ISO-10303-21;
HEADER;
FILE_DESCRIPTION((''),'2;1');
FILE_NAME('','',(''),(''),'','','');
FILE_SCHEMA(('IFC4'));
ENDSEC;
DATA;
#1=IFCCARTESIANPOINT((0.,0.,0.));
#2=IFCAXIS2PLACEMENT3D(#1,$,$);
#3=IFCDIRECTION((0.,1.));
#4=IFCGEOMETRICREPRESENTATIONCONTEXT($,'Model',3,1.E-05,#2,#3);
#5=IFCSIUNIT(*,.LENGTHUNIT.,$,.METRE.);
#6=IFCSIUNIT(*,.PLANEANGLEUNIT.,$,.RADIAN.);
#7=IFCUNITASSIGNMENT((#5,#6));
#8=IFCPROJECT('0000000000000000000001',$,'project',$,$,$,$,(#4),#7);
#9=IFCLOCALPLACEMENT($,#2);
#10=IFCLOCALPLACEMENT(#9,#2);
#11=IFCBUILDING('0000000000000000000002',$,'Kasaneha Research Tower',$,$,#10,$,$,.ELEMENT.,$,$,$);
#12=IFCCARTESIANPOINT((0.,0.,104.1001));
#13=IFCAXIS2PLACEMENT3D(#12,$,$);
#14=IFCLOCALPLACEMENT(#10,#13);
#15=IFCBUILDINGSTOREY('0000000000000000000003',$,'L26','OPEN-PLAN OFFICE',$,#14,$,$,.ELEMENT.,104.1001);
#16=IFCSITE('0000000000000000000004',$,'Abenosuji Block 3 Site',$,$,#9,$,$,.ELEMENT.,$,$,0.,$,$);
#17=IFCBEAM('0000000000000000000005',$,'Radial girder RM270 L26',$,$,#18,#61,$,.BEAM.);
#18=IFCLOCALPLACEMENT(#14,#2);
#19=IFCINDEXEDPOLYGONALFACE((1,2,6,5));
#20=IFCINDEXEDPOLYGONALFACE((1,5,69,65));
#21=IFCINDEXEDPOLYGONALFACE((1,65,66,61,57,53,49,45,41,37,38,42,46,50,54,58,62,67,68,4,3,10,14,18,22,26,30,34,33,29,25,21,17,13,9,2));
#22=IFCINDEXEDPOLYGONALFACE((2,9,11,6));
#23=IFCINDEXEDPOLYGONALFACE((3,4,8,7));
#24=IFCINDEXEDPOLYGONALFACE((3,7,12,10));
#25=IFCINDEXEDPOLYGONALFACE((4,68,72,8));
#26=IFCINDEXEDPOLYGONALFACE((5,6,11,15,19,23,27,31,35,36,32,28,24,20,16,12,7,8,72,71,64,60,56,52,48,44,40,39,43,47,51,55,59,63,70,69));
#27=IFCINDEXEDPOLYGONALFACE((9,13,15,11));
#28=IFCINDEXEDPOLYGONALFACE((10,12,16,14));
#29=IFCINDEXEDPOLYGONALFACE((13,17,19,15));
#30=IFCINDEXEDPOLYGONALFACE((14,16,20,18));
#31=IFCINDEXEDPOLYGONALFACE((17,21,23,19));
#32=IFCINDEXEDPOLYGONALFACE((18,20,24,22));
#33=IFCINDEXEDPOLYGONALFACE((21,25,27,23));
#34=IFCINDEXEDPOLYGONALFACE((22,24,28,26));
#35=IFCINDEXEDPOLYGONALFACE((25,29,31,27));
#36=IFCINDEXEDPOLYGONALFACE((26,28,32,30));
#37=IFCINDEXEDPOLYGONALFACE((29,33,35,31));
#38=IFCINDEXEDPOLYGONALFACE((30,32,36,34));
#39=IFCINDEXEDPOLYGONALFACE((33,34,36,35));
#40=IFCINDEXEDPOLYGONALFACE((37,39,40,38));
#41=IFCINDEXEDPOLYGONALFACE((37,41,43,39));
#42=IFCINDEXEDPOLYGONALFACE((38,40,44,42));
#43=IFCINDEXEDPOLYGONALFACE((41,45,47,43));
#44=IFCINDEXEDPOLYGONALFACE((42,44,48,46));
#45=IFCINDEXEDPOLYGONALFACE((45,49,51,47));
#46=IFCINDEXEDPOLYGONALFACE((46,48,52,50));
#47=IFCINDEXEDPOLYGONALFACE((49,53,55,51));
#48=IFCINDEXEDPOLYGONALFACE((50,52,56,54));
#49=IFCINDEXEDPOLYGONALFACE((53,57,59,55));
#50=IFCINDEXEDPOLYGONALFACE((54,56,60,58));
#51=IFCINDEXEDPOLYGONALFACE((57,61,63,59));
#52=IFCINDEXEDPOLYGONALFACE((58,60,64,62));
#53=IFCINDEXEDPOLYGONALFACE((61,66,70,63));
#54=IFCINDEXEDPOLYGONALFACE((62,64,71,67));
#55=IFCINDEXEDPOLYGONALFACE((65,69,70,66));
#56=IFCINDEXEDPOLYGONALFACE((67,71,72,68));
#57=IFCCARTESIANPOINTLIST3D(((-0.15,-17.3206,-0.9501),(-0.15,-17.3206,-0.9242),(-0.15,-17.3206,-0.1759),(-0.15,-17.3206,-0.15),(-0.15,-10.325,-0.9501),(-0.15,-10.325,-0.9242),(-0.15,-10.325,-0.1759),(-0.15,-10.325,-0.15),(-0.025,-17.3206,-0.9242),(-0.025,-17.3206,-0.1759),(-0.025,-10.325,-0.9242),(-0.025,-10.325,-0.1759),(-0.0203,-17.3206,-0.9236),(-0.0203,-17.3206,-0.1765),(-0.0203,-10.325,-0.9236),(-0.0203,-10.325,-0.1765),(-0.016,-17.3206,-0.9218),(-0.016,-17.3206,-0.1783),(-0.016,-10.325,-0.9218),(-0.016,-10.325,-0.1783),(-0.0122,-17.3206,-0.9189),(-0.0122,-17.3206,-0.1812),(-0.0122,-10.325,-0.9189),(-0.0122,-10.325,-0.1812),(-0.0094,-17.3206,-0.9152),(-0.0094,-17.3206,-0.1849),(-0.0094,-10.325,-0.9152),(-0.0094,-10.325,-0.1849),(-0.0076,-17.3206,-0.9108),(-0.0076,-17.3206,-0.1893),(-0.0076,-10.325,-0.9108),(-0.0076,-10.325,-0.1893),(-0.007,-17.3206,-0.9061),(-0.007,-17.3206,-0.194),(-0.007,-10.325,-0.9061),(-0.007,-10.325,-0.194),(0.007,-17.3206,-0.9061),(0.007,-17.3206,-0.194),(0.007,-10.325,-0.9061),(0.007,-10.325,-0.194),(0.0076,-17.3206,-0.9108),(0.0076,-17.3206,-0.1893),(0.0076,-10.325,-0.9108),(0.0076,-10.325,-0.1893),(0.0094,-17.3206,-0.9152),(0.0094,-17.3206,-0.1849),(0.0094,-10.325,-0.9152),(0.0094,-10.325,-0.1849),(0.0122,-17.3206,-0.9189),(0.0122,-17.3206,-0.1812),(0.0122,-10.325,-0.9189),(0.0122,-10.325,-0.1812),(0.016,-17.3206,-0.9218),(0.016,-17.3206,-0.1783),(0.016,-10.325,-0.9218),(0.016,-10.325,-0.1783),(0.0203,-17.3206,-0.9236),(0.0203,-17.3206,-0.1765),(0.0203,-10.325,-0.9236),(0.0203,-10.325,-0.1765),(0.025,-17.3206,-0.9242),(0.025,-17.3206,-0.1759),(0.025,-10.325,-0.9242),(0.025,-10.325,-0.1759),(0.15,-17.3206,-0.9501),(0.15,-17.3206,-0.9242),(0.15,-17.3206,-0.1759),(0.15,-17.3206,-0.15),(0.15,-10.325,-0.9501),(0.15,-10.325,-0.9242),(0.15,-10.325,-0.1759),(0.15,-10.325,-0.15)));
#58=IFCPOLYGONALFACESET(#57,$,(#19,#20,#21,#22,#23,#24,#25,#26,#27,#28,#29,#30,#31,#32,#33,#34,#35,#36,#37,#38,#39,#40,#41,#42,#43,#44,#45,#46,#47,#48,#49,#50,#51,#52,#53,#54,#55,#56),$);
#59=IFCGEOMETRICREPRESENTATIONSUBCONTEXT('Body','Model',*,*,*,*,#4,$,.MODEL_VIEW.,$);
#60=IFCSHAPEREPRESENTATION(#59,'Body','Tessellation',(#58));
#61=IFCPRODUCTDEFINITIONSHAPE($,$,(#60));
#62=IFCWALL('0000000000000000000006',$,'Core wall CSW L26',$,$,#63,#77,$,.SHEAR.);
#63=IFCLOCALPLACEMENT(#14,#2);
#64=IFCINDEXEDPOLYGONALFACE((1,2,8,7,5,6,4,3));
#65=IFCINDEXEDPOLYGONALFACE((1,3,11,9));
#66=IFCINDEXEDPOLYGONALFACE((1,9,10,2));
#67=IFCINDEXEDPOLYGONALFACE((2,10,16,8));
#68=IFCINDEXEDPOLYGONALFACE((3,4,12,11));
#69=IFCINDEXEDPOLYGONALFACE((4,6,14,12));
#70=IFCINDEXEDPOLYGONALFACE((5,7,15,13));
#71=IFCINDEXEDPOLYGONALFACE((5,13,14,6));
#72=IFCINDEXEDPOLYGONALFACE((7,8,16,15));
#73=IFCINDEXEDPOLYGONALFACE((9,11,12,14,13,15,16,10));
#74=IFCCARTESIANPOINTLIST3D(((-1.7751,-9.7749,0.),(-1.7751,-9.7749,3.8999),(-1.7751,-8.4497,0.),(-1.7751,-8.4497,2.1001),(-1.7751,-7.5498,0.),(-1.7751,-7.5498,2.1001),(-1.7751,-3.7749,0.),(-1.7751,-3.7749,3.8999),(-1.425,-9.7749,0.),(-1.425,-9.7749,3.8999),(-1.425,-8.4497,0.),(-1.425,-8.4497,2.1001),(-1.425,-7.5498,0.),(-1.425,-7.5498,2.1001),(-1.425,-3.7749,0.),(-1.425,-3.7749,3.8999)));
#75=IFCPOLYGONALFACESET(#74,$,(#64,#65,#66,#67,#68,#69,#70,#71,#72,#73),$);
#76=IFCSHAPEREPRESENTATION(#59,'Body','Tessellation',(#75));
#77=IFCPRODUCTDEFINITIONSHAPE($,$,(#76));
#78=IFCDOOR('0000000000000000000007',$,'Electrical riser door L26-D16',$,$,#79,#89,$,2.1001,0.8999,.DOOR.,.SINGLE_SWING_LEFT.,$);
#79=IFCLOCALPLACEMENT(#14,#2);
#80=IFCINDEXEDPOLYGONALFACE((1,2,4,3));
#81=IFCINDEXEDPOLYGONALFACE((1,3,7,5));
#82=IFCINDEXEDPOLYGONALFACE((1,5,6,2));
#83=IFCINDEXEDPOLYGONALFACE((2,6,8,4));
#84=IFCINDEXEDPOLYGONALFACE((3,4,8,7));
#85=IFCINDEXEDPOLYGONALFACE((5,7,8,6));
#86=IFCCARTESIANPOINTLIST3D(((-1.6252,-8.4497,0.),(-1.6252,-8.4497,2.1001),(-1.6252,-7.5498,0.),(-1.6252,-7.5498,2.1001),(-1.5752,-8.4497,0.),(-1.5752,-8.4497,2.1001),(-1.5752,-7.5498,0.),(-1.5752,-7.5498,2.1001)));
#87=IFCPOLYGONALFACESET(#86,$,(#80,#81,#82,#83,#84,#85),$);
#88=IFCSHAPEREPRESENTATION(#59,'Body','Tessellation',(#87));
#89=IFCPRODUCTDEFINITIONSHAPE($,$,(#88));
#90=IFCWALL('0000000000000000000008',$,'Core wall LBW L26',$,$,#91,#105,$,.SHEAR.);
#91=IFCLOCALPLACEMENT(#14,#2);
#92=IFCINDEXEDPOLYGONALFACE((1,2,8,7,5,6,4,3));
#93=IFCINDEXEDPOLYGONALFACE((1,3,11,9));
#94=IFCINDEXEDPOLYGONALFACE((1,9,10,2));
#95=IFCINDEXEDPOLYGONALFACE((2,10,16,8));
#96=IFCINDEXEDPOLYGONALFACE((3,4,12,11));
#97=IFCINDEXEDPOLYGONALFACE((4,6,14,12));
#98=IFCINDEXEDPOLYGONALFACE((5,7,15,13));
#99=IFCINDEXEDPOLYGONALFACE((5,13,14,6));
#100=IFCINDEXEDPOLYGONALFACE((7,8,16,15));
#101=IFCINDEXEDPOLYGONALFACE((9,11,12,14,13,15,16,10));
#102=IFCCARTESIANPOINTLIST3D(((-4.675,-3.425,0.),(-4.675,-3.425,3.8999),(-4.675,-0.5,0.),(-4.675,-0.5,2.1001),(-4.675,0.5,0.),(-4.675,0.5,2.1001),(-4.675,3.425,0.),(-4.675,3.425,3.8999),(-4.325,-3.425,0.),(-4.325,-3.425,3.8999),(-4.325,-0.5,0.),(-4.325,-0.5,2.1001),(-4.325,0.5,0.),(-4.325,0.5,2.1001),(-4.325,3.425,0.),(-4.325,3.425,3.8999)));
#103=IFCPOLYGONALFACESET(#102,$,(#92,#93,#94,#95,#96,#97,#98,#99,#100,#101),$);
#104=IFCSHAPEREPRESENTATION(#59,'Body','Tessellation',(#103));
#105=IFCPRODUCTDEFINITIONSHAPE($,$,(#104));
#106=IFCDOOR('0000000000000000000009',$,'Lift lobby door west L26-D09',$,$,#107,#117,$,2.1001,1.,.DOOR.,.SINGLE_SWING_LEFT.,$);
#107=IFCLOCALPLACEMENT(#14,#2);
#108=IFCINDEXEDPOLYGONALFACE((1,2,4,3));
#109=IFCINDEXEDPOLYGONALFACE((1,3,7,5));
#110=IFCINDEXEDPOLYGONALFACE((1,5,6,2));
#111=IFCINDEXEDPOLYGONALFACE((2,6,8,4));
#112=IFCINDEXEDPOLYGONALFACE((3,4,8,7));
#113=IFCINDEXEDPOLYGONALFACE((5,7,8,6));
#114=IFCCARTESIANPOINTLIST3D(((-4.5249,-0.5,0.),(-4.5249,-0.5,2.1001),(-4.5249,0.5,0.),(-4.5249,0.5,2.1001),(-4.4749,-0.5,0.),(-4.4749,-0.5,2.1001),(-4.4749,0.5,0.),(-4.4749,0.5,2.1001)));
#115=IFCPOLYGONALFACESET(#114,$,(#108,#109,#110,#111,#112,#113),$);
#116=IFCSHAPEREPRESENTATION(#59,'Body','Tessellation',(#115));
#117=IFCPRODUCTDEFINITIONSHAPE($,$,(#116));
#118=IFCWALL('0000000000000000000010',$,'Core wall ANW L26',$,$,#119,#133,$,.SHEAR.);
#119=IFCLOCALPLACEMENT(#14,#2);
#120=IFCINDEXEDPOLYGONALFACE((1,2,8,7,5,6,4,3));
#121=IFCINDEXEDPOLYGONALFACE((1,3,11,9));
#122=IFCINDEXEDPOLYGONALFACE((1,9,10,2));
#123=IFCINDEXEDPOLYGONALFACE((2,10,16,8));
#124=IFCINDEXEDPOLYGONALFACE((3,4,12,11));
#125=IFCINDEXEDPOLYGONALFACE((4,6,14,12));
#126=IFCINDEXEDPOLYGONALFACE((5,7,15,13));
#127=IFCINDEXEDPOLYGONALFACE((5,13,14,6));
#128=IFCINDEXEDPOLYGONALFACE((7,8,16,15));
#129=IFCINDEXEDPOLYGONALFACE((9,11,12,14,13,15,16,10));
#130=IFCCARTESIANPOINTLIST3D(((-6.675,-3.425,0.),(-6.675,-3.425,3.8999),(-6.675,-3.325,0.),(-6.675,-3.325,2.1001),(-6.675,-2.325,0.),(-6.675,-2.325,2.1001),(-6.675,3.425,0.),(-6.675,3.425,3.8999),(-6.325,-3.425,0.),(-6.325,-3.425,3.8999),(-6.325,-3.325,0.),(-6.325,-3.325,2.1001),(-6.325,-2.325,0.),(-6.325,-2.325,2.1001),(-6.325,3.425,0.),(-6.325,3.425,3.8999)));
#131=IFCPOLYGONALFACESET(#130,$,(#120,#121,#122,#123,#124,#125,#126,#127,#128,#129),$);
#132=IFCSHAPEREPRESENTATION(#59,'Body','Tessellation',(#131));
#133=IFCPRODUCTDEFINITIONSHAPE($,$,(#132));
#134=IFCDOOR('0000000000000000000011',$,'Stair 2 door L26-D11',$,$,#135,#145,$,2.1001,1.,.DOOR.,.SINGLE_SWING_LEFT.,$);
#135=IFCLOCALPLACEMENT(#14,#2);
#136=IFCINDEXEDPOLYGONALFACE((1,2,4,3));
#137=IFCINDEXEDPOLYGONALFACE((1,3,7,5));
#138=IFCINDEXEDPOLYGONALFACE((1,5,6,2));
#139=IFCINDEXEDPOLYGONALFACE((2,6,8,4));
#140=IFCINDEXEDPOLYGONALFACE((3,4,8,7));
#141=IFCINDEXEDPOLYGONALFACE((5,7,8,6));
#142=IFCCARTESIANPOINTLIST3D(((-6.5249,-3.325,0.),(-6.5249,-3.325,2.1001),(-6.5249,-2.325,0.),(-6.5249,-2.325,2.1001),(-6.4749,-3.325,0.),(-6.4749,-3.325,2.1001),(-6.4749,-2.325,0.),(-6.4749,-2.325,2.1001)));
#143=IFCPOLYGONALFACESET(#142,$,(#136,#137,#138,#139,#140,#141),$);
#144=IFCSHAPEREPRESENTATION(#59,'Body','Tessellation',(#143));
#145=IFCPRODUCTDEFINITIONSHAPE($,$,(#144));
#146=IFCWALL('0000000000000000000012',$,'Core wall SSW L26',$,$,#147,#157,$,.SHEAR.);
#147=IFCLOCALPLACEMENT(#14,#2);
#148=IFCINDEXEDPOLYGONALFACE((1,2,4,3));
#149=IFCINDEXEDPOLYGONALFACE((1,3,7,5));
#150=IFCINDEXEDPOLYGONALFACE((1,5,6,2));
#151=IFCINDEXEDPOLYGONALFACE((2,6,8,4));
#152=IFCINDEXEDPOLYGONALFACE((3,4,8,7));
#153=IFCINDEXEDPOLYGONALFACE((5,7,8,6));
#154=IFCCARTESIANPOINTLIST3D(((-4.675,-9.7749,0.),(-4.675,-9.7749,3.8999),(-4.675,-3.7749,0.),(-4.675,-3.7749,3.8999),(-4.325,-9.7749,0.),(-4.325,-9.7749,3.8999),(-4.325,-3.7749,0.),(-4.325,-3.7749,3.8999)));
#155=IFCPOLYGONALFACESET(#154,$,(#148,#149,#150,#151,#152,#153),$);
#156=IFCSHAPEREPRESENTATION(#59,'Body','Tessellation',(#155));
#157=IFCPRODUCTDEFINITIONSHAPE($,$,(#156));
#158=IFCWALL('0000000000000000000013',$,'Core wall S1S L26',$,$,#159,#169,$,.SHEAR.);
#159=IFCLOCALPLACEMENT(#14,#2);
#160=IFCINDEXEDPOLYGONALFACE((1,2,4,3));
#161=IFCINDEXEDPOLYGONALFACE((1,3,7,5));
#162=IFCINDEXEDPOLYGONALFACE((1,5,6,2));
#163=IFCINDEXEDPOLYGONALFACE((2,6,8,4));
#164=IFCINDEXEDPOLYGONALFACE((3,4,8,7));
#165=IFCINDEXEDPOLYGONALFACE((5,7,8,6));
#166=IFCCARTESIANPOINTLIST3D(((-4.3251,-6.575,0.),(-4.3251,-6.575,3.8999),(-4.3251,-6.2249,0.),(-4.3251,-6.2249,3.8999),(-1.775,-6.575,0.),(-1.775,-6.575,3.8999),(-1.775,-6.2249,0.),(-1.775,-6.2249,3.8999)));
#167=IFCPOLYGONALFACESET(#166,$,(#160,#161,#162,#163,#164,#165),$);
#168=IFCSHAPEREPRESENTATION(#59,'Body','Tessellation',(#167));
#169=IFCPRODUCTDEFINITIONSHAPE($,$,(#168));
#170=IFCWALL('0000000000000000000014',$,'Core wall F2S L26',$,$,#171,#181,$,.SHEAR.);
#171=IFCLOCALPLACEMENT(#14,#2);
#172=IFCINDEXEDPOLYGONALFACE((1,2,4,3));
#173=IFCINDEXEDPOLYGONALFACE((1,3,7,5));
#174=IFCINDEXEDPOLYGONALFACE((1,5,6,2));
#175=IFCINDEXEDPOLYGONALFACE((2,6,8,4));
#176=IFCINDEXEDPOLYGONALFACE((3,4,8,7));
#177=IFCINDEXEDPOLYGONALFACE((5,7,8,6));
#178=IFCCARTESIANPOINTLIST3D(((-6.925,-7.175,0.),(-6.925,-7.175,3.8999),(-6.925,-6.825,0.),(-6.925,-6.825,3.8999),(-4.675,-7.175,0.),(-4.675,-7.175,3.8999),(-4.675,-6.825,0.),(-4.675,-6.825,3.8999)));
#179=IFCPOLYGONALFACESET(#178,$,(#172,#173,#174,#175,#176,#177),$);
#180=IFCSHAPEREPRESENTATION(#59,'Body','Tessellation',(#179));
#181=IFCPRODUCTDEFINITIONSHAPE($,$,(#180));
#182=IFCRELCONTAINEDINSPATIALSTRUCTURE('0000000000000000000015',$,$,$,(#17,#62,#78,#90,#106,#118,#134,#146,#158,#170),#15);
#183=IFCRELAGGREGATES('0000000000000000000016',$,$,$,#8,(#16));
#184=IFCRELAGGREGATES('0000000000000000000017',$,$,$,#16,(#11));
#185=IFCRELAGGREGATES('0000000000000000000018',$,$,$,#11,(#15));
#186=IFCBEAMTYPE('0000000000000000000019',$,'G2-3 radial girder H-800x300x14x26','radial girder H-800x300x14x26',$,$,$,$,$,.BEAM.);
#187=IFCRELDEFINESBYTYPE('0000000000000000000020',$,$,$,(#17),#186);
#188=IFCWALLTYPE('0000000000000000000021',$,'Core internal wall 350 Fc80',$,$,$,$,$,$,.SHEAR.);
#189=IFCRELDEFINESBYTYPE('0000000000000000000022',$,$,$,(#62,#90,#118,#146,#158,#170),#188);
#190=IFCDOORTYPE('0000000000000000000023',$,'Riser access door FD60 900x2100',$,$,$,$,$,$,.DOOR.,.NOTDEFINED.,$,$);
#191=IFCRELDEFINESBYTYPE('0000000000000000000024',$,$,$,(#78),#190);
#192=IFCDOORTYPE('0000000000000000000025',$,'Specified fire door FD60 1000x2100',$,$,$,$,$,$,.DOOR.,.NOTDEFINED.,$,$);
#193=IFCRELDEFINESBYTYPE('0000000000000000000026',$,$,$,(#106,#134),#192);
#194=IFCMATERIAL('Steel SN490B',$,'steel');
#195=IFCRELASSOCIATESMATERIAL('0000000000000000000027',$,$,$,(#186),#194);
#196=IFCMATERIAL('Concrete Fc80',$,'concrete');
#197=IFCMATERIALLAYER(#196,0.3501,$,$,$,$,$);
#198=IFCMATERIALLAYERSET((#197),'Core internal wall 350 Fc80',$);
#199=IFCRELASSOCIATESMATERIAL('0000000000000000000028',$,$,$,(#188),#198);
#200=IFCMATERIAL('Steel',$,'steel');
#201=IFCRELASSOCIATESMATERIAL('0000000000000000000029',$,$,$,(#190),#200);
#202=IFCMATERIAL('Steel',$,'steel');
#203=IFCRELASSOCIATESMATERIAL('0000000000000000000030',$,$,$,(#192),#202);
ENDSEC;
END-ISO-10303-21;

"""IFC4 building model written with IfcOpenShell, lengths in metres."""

from ifc_helpers import new_model, si_unit, direction, frame, frame_2d, origin, origin_2d, place, context, subcontext, project, spatial, rectangle, i_section, extrude, material, layer, layer_set, material_profile, profile_set, type_object, element, fill, save


model = new_model("IFC4")

# Units and contexts
model_context = context("Model", 3, precision=1e-05, world=origin(), true_north=direction((0.0, 1.0)))
body_context = subcontext(model_context, "Body", "Model", "MODEL_VIEW")
ifc_project = project(units=[si_unit("LENGTHUNIT", "METRE"), si_unit("PLANEANGLEUNIT", "RADIAN")], contexts=[model_context])

# Site, building, storey
site_placement = place(None, origin())
site = spatial("IfcSite", under=ifc_project, at=site_placement, Name="Abenosuji Block 3 Site", CompositionType="ELEMENT", RefElevation=0.0)
building_placement = place(site_placement, origin())
building = spatial("IfcBuilding", under=site, at=building_placement, Name="Kasaneha Research Tower", CompositionType="ELEMENT")
storey_placement = place(building_placement, frame((0.0, 0.0, 104.1001)))
storey = spatial("IfcBuildingStorey", under=building, at=storey_placement, Name="L26", Description="OPEN-PLAN OFFICE", CompositionType="ELEMENT", Elevation=104.1001)

# Beam
ifc_material_1 = material(Name="Steel SN490B", Category="steel")
ifc_material_profile_1 = material_profile(ifc_material_1, i_section(OverallWidth=0.3, OverallDepth=0.8, WebThickness=0.0139, FlangeThickness=0.0259, FilletRadius=0.0181, at=origin_2d()), Name="H-800x300x14x26")
ifc_profile_set_1 = profile_set([ifc_material_profile_1], Name="Steel SN490B")
beam_type_1 = type_object("IfcBeamType", Name="G2-3 radial girder H-800x300x14x26", Description="radial girder H-800x300x14x26", PredefinedType="BEAM", material=ifc_profile_set_1)
beam_1_placement = place(storey_placement, frame((0.0, -10.325, -0.55), z_axis=(0.0, -1.0, 0.0), x_axis=(1.0, 0.0, 0.0)))
element("IfcBeam", 1, at=beam_1_placement, inside=storey, type_object=beam_type_1, Name="Radial girder RM270 L26", PredefinedType="BEAM", context=body_context, shape_type="SweptSolid", body=[
    extrude(i_section(OverallWidth=0.3, OverallDepth=0.8, WebThickness=0.0139, FlangeThickness=0.0259, FilletRadius=0.0181, at=origin_2d()), origin(), (0.0, 0.0, 1.0), 6.9956),
])

# Walls, openings, doors
ifc_material_2 = material(Name="Concrete Fc80", Category="concrete")
ifc_layer_1 = layer(ifc_material_2, 0.3501)
ifc_layer_set_1 = layer_set([ifc_layer_1], Name="Core internal wall 350 Fc80")
wall_type_1 = type_object("IfcWallType", Name="Core internal wall 350 Fc80", PredefinedType="SHEAR", material=ifc_layer_set_1)
wall_1_placement = place(storey_placement, frame((-1.6001, -3.7749, 0.0), z_axis=(0.0, 0.0, 1.0), x_axis=(0.0, -1.0, 0.0)))
wall_1 = element("IfcWall", 2, at=wall_1_placement, inside=storey, type_object=wall_type_1, Name="Core wall CSW L26", PredefinedType="SHEAR", context=body_context, shape_type="SweptSolid", body=[
    extrude(rectangle(XDim=6.0, YDim=0.3501, at=frame_2d((3.0, 0.0))), origin(), (0.0, 0.0, 1.0), 3.8999),
])
opening_1_placement = place(wall_1_placement, frame((3.7749, 0.0, 0.0)))
opening_1 = element("IfcOpeningElement", 3, at=opening_1_placement, cuts=wall_1, PredefinedType="OPENING", context=body_context, shape_type="SweptSolid", body=[
    extrude(rectangle(XDim=0.8999, YDim=2.1001, at=frame_2d((0.45, 1.05))), frame((0.0, 0.1851, 0.0), z_axis=(0.0, -1.0, 0.0), x_axis=(1.0, 0.0, 0.0)), (0.0, 0.0, 1.0), 0.3701),
])
ifc_material_3 = material(Name="Steel", Category="steel")
door_type_1 = type_object("IfcDoorType", Name="Riser access door FD60 900x2100", OperationType="NOTDEFINED", PredefinedType="DOOR", material=ifc_material_3)
door_1_placement = place(opening_1_placement, origin())
door_1 = element("IfcDoor", 4, at=door_1_placement, inside=storey, type_object=door_type_1, Name="Electrical riser door L26-D16", OperationType="SINGLE_SWING_LEFT", OverallHeight=2.1001, OverallWidth=0.8999, PredefinedType="DOOR", context=body_context, shape_type="SweptSolid", body=[
    extrude(rectangle(XDim=0.8999, YDim=2.1001, at=frame_2d((0.45, 1.05))), frame((0.0, 0.0249, 0.0), z_axis=(0.0, -1.0, 0.0), x_axis=(1.0, 0.0, 0.0)), (0.0, 0.0, 1.0), 0.05),
])
fill(opening_1, door_1)
wall_2_placement = place(storey_placement, frame((-4.5, -3.425, 0.0), z_axis=(0.0, 0.0, 1.0), x_axis=(0.0, 1.0, 0.0)))
wall_2 = element("IfcWall", 5, at=wall_2_placement, inside=storey, type_object=wall_type_1, Name="Core wall LBW L26", PredefinedType="SHEAR", context=body_context, shape_type="SweptSolid", body=[
    extrude(rectangle(XDim=6.8501, YDim=0.3501, at=frame_2d((3.425, 0.0))), origin(), (0.0, 0.0, 1.0), 3.8999),
])
opening_2_placement = place(wall_2_placement, frame((2.925, 0.0, 0.0)))
opening_2 = element("IfcOpeningElement", 6, at=opening_2_placement, cuts=wall_2, PredefinedType="OPENING", context=body_context, shape_type="SweptSolid", body=[
    extrude(rectangle(XDim=1.0, YDim=2.1001, at=frame_2d((0.5, 1.05))), frame((0.0, 0.1851, 0.0), z_axis=(0.0, -1.0, 0.0), x_axis=(1.0, 0.0, 0.0)), (0.0, 0.0, 1.0), 0.3701),
])
ifc_material_4 = material(Name="Steel", Category="steel")
door_type_2 = type_object("IfcDoorType", Name="Specified fire door FD60 1000x2100", OperationType="NOTDEFINED", PredefinedType="DOOR", material=ifc_material_4)
door_2_placement = place(opening_2_placement, origin())
door_2 = element("IfcDoor", 7, at=door_2_placement, inside=storey, type_object=door_type_2, Name="Lift lobby door west L26-D09", OperationType="SINGLE_SWING_LEFT", OverallHeight=2.1001, OverallWidth=1.0, PredefinedType="DOOR", context=body_context, shape_type="SweptSolid", body=[
    extrude(rectangle(XDim=1.0, YDim=2.1001, at=frame_2d((0.5, 1.05))), frame((0.0, 0.0249, 0.0), z_axis=(0.0, -1.0, 0.0), x_axis=(1.0, 0.0, 0.0)), (0.0, 0.0, 1.0), 0.05),
])
fill(opening_2, door_2)
wall_3_placement = place(storey_placement, frame((-6.5, -3.425, 0.0), z_axis=(0.0, 0.0, 1.0), x_axis=(0.0, 1.0, 0.0)))
wall_3 = element("IfcWall", 8, at=wall_3_placement, inside=storey, type_object=wall_type_1, Name="Core wall ANW L26", PredefinedType="SHEAR", context=body_context, shape_type="SweptSolid", body=[
    extrude(rectangle(XDim=6.8501, YDim=0.3501, at=frame_2d((3.425, 0.0))), origin(), (0.0, 0.0, 1.0), 3.8999),
])
opening_3_placement = place(wall_3_placement, frame((0.1001, 0.0, 0.0)))
opening_3 = element("IfcOpeningElement", 9, at=opening_3_placement, cuts=wall_3, PredefinedType="OPENING", context=body_context, shape_type="SweptSolid", body=[
    extrude(rectangle(XDim=1.0, YDim=2.1001, at=frame_2d((0.5, 1.05))), frame((0.0, 0.1851, 0.0), z_axis=(0.0, -1.0, 0.0), x_axis=(1.0, 0.0, 0.0)), (0.0, 0.0, 1.0), 0.3701),
])
door_3_placement = place(opening_3_placement, origin())
door_3 = element("IfcDoor", 10, at=door_3_placement, inside=storey, type_object=door_type_2, Name="Stair 2 door L26-D11", OperationType="SINGLE_SWING_LEFT", OverallHeight=2.1001, OverallWidth=1.0, PredefinedType="DOOR", context=body_context, shape_type="SweptSolid", body=[
    extrude(rectangle(XDim=1.0, YDim=2.1001, at=frame_2d((0.5, 1.05))), frame((0.0, 0.0249, 0.0), z_axis=(0.0, -1.0, 0.0), x_axis=(1.0, 0.0, 0.0)), (0.0, 0.0, 1.0), 0.05),
])
fill(opening_3, door_3)

# Walls
wall_4_placement = place(storey_placement, frame((-4.5, -3.7749, 0.0), z_axis=(0.0, 0.0, 1.0), x_axis=(0.0, -1.0, 0.0)))
element("IfcWall", 11, at=wall_4_placement, inside=storey, type_object=wall_type_1, Name="Core wall SSW L26", PredefinedType="SHEAR", context=body_context, shape_type="SweptSolid", body=[
    extrude(rectangle(XDim=6.0, YDim=0.3501, at=frame_2d((3.0, 0.0))), origin(), (0.0, 0.0, 1.0), 3.8999),
])
wall_5_placement = place(storey_placement, frame((-4.325, -6.3999, 0.0), z_axis=(0.0, 0.0, 1.0), x_axis=(1.0, 0.0, 0.0)))
element("IfcWall", 12, at=wall_5_placement, inside=storey, type_object=wall_type_1, Name="Core wall S1S L26", PredefinedType="SHEAR", context=body_context, shape_type="SweptSolid", body=[
    extrude(rectangle(XDim=2.55, YDim=0.3501, at=frame_2d((1.2749, 0.0))), origin(), (0.0, 0.0, 1.0), 3.8999),
])
wall_6_placement = place(storey_placement, frame((-6.925, -7.0, 0.0), z_axis=(0.0, 0.0, 1.0), x_axis=(1.0, 0.0, 0.0)))
element("IfcWall", 13, at=wall_6_placement, inside=storey, type_object=wall_type_1, Name="Core wall F2S L26", PredefinedType="SHEAR", context=body_context, shape_type="SweptSolid", body=[
    extrude(rectangle(XDim=2.25, YDim=0.3501, at=frame_2d((1.125, 0.0))), origin(), (0.0, 0.0, 1.0), 3.8999),
])

save(model, "model.ifc")
